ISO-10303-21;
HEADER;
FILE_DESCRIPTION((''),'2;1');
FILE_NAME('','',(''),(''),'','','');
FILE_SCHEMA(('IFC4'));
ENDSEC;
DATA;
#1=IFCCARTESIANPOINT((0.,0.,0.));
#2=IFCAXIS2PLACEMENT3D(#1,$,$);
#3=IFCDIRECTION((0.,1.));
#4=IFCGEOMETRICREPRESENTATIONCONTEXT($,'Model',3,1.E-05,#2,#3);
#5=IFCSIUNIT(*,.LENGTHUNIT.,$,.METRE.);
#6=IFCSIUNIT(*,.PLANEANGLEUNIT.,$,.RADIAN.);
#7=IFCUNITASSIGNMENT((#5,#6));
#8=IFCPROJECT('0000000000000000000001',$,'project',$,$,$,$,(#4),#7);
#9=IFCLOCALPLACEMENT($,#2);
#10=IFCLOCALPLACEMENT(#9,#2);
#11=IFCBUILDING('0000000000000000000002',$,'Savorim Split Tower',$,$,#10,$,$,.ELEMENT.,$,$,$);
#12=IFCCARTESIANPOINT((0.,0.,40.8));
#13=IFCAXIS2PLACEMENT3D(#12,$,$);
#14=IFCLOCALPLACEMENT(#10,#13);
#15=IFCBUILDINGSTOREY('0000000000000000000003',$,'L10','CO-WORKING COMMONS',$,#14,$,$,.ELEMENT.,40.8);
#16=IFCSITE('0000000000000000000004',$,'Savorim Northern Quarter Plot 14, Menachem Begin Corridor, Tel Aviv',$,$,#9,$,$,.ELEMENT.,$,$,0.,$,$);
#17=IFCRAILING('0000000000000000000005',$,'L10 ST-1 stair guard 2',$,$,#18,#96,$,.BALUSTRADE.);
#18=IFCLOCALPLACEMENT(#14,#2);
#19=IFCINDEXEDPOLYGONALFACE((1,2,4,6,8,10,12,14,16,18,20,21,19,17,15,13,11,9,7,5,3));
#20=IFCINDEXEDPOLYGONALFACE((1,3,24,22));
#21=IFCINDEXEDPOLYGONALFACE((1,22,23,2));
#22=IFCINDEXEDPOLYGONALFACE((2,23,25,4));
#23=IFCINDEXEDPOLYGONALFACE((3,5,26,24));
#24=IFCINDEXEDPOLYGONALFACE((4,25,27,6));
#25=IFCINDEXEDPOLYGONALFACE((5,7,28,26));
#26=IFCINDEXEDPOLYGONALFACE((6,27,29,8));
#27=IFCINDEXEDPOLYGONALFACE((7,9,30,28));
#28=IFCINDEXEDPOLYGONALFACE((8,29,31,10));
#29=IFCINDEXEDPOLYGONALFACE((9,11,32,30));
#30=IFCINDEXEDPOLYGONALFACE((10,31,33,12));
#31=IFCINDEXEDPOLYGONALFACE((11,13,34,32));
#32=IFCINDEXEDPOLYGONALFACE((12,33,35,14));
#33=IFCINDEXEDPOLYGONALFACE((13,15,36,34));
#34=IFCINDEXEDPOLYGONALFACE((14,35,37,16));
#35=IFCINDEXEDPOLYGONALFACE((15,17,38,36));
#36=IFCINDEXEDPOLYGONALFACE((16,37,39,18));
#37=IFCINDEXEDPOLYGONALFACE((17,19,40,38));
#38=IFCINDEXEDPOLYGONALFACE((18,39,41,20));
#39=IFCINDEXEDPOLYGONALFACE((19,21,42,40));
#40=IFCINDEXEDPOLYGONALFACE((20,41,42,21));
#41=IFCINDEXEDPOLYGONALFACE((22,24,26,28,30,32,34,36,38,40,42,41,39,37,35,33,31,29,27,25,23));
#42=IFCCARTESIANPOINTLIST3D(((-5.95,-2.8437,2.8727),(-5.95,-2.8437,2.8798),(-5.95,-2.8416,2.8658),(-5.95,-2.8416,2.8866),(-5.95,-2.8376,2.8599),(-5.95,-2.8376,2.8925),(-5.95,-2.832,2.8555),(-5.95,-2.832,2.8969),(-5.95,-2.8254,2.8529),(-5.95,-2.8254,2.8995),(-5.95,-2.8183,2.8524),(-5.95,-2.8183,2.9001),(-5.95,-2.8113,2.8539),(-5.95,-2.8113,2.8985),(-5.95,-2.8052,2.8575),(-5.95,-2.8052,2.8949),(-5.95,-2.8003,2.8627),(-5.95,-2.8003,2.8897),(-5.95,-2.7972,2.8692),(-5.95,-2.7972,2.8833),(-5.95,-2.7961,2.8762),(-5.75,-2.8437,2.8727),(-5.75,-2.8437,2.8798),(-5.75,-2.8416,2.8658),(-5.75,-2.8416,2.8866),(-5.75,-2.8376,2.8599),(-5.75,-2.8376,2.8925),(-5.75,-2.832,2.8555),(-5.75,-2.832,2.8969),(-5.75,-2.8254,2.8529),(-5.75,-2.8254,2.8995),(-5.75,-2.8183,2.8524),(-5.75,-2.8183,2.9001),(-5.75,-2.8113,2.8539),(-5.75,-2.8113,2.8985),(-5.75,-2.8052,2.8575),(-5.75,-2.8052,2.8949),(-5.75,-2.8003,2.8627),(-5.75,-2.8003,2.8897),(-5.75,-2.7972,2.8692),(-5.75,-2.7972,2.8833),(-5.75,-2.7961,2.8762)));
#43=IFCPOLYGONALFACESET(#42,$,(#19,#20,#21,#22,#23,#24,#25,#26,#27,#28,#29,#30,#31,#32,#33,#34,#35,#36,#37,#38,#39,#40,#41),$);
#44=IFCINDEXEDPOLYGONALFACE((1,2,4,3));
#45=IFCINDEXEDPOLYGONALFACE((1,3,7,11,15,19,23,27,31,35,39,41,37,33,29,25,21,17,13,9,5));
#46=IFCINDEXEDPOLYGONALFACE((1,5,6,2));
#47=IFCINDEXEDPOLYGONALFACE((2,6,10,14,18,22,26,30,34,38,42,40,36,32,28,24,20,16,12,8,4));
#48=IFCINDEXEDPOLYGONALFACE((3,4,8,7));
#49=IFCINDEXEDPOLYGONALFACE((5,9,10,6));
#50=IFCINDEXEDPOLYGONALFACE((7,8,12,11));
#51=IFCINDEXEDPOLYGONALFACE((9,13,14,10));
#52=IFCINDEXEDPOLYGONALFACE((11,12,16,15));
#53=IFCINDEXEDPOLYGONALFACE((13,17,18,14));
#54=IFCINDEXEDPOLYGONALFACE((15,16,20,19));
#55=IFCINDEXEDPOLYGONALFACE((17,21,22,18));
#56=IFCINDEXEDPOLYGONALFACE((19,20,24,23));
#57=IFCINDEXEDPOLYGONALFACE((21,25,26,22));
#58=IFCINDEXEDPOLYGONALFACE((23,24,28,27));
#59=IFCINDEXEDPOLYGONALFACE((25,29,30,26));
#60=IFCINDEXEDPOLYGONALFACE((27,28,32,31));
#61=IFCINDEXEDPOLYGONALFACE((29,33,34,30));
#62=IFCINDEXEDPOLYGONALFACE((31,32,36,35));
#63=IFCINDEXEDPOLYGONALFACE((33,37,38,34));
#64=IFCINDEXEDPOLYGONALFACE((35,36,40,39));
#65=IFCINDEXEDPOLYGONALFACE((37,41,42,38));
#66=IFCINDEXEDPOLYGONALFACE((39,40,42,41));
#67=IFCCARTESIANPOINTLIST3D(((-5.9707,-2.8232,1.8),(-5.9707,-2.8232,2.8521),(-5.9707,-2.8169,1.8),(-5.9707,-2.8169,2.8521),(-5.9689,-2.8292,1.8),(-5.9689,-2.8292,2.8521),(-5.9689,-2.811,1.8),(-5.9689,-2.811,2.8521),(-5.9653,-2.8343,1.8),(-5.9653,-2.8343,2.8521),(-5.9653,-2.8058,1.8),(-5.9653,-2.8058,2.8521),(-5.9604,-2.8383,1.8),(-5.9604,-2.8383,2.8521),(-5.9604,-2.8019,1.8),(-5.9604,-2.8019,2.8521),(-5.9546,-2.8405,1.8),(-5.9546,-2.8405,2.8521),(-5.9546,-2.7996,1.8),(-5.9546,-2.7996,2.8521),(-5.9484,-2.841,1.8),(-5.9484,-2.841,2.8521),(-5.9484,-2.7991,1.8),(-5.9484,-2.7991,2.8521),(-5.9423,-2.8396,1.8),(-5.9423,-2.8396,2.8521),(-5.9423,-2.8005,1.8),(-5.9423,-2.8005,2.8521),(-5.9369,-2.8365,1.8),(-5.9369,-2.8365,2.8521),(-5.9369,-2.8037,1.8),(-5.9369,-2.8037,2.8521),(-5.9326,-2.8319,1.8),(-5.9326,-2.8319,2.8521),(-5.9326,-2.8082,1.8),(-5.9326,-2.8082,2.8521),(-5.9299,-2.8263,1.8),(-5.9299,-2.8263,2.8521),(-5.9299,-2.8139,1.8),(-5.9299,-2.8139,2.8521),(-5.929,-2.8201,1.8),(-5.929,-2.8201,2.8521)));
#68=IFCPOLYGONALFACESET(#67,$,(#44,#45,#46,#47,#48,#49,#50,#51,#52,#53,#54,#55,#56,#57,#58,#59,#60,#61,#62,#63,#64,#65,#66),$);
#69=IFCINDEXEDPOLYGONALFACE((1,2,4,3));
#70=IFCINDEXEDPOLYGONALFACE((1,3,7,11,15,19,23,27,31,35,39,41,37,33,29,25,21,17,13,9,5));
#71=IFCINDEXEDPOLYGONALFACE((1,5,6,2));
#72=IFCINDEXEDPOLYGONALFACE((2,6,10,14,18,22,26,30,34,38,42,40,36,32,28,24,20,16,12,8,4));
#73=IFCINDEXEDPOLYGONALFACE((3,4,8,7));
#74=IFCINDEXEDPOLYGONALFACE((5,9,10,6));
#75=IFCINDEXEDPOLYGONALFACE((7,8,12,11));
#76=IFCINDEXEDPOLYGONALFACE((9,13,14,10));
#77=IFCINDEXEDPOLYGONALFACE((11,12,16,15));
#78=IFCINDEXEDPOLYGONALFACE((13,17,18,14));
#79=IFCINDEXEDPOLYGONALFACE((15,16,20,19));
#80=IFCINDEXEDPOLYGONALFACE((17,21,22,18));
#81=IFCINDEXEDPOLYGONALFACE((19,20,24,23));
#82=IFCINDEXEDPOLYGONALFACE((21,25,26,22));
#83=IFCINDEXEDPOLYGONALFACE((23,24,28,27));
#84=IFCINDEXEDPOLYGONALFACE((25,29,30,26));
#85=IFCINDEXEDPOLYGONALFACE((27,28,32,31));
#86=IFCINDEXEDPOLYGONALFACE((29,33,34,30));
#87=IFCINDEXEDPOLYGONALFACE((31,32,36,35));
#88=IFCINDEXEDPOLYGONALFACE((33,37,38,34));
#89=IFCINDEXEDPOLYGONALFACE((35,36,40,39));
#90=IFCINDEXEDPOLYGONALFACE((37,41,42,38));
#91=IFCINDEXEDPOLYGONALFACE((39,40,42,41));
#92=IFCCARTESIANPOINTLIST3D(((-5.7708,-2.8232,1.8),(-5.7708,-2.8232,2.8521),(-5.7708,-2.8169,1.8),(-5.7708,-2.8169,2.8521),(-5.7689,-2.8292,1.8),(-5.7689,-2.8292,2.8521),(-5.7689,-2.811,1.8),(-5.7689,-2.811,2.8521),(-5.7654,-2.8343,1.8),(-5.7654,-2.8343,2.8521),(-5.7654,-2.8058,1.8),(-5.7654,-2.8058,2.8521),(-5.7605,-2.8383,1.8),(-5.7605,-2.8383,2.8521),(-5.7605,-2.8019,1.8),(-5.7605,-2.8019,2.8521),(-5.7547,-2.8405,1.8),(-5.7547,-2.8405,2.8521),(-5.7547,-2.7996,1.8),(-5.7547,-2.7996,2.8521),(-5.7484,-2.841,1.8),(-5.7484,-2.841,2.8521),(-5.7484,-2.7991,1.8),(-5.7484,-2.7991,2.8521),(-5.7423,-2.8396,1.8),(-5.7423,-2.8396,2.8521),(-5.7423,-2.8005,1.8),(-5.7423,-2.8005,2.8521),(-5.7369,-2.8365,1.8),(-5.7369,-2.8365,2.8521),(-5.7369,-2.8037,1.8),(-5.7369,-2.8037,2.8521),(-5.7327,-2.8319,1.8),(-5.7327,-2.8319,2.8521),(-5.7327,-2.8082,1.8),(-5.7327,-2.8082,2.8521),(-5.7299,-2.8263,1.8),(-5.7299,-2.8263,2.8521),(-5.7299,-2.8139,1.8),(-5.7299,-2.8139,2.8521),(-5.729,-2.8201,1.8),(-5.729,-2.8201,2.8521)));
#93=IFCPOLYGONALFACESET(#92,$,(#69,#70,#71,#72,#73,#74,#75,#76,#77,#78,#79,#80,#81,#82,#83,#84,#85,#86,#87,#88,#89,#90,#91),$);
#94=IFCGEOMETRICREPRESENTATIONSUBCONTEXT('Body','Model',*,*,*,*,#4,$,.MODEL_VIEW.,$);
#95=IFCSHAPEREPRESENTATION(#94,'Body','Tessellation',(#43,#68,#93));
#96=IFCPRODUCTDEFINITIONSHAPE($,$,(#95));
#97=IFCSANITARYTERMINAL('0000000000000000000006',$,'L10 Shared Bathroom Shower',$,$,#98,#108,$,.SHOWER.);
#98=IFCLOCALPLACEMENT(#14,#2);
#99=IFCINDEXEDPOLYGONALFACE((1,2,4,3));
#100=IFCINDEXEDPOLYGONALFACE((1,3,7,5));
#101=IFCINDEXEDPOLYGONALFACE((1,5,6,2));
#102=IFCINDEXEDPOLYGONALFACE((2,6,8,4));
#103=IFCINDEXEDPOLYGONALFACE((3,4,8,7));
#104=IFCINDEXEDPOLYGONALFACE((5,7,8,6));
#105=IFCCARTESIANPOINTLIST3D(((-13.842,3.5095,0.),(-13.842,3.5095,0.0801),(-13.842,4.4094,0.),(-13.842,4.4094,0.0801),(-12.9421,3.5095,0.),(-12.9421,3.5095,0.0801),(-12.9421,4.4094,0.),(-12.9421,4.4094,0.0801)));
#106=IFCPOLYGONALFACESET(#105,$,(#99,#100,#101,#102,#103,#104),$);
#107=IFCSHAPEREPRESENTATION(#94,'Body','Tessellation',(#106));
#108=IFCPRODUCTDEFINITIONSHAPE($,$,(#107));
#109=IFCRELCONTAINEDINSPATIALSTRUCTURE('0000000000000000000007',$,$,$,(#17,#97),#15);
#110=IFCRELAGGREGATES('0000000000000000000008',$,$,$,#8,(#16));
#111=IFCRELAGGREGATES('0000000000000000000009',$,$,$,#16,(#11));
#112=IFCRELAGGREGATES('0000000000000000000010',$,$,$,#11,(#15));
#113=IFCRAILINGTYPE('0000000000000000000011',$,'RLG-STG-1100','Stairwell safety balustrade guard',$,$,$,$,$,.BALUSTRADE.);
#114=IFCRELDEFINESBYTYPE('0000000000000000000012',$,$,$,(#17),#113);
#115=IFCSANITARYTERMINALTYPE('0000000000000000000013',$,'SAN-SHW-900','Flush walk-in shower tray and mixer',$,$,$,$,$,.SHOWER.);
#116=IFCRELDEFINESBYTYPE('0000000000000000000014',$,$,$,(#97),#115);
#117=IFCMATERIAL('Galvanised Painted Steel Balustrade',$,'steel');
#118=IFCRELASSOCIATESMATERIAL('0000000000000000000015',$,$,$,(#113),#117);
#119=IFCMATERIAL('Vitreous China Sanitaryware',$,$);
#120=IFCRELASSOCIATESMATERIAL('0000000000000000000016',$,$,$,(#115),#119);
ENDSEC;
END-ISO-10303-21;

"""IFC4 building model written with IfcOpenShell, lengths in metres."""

from ifc_helpers import new_model, si_unit, direction, frame, origin, origin_2d, place, context, subcontext, project, spatial, rectangle, circle, extrude, material, type_object, element, save


model = new_model("IFC4")

# Units and contexts
model_context = context("Model", 3, precision=1e-05, world=origin(), true_north=direction((0.0, 1.0)))
body_context = subcontext(model_context, "Body", "Model", "MODEL_VIEW")
ifc_project = project(units=[si_unit("LENGTHUNIT", "METRE"), si_unit("PLANEANGLEUNIT", "RADIAN")], contexts=[model_context])

# Site, building, storey
site_placement = place(None, origin())
site = spatial("IfcSite", under=ifc_project, at=site_placement, Name="Savorim Northern Quarter Plot 14, Menachem Begin Corridor, Tel Aviv", CompositionType="ELEMENT", RefElevation=0.0)
building_placement = place(site_placement, origin())
building = spatial("IfcBuilding", under=site, at=building_placement, Name="Savorim Split Tower", CompositionType="ELEMENT")
storey_placement = place(building_placement, frame((0.0, 0.0, 40.8)))
storey = spatial("IfcBuildingStorey", under=building, at=storey_placement, Name="L10", Description="CO-WORKING COMMONS", CompositionType="ELEMENT", Elevation=40.8)

# Railing
ifc_material_1 = material(Name="Galvanised Painted Steel Balustrade", Category="steel")
railing_type_1 = type_object("IfcRailingType", Name="RLG-STG-1100", Description="Stairwell safety balustrade guard", PredefinedType="BALUSTRADE", material=ifc_material_1)
railing_1_placement = place(storey_placement, frame((-5.95, -2.8201, 1.8)))
element("IfcRailing", 1, at=railing_1_placement, inside=storey, type_object=railing_type_1, Name="L10 ST-1 stair guard 2", PredefinedType="BALUSTRADE", context=body_context, shape_type="SweptSolid", body=[
    extrude(circle(Radius=0.0239, at=origin_2d()), frame((0.0, 0.0, 1.0762), z_axis=(1.0, 0.0, 0.0), x_axis=(0.0, 1.0, 0.0)), (0.0, 0.0, 1.0), 0.2),
    extrude(circle(Radius=0.021, at=origin_2d()), origin(), (0.0, 0.0, 1.0), 1.052),
    extrude(circle(Radius=0.021, at=origin_2d()), frame((0.2, 0.0, 0.0)), (0.0, 0.0, 1.0), 1.052),
])

# Sanitary terminal
ifc_material_2 = material(Name="Vitreous China Sanitaryware")
sanitary_terminal_type = type_object("IfcSanitaryTerminalType", Name="SAN-SHW-900", Description="Flush walk-in shower tray and mixer", PredefinedType="SHOWER", material=ifc_material_2)
sanitary_terminal_placement = place(storey_placement, frame((-13.3921, 3.9595, 0.0), z_axis=(0.0, 0.0, 1.0), x_axis=(1.0, 0.0, 0.0)))
element("IfcSanitaryTerminal", 2, at=sanitary_terminal_placement, inside=storey, type_object=sanitary_terminal_type, Name="L10 Shared Bathroom Shower", PredefinedType="SHOWER", context=body_context, shape_type="SweptSolid", body=[
    extrude(rectangle(XDim=0.8999, YDim=0.8999, at=origin_2d()), origin(), (0.0, 0.0, 1.0), 0.0801),
])

save(model, "model.ifc")
